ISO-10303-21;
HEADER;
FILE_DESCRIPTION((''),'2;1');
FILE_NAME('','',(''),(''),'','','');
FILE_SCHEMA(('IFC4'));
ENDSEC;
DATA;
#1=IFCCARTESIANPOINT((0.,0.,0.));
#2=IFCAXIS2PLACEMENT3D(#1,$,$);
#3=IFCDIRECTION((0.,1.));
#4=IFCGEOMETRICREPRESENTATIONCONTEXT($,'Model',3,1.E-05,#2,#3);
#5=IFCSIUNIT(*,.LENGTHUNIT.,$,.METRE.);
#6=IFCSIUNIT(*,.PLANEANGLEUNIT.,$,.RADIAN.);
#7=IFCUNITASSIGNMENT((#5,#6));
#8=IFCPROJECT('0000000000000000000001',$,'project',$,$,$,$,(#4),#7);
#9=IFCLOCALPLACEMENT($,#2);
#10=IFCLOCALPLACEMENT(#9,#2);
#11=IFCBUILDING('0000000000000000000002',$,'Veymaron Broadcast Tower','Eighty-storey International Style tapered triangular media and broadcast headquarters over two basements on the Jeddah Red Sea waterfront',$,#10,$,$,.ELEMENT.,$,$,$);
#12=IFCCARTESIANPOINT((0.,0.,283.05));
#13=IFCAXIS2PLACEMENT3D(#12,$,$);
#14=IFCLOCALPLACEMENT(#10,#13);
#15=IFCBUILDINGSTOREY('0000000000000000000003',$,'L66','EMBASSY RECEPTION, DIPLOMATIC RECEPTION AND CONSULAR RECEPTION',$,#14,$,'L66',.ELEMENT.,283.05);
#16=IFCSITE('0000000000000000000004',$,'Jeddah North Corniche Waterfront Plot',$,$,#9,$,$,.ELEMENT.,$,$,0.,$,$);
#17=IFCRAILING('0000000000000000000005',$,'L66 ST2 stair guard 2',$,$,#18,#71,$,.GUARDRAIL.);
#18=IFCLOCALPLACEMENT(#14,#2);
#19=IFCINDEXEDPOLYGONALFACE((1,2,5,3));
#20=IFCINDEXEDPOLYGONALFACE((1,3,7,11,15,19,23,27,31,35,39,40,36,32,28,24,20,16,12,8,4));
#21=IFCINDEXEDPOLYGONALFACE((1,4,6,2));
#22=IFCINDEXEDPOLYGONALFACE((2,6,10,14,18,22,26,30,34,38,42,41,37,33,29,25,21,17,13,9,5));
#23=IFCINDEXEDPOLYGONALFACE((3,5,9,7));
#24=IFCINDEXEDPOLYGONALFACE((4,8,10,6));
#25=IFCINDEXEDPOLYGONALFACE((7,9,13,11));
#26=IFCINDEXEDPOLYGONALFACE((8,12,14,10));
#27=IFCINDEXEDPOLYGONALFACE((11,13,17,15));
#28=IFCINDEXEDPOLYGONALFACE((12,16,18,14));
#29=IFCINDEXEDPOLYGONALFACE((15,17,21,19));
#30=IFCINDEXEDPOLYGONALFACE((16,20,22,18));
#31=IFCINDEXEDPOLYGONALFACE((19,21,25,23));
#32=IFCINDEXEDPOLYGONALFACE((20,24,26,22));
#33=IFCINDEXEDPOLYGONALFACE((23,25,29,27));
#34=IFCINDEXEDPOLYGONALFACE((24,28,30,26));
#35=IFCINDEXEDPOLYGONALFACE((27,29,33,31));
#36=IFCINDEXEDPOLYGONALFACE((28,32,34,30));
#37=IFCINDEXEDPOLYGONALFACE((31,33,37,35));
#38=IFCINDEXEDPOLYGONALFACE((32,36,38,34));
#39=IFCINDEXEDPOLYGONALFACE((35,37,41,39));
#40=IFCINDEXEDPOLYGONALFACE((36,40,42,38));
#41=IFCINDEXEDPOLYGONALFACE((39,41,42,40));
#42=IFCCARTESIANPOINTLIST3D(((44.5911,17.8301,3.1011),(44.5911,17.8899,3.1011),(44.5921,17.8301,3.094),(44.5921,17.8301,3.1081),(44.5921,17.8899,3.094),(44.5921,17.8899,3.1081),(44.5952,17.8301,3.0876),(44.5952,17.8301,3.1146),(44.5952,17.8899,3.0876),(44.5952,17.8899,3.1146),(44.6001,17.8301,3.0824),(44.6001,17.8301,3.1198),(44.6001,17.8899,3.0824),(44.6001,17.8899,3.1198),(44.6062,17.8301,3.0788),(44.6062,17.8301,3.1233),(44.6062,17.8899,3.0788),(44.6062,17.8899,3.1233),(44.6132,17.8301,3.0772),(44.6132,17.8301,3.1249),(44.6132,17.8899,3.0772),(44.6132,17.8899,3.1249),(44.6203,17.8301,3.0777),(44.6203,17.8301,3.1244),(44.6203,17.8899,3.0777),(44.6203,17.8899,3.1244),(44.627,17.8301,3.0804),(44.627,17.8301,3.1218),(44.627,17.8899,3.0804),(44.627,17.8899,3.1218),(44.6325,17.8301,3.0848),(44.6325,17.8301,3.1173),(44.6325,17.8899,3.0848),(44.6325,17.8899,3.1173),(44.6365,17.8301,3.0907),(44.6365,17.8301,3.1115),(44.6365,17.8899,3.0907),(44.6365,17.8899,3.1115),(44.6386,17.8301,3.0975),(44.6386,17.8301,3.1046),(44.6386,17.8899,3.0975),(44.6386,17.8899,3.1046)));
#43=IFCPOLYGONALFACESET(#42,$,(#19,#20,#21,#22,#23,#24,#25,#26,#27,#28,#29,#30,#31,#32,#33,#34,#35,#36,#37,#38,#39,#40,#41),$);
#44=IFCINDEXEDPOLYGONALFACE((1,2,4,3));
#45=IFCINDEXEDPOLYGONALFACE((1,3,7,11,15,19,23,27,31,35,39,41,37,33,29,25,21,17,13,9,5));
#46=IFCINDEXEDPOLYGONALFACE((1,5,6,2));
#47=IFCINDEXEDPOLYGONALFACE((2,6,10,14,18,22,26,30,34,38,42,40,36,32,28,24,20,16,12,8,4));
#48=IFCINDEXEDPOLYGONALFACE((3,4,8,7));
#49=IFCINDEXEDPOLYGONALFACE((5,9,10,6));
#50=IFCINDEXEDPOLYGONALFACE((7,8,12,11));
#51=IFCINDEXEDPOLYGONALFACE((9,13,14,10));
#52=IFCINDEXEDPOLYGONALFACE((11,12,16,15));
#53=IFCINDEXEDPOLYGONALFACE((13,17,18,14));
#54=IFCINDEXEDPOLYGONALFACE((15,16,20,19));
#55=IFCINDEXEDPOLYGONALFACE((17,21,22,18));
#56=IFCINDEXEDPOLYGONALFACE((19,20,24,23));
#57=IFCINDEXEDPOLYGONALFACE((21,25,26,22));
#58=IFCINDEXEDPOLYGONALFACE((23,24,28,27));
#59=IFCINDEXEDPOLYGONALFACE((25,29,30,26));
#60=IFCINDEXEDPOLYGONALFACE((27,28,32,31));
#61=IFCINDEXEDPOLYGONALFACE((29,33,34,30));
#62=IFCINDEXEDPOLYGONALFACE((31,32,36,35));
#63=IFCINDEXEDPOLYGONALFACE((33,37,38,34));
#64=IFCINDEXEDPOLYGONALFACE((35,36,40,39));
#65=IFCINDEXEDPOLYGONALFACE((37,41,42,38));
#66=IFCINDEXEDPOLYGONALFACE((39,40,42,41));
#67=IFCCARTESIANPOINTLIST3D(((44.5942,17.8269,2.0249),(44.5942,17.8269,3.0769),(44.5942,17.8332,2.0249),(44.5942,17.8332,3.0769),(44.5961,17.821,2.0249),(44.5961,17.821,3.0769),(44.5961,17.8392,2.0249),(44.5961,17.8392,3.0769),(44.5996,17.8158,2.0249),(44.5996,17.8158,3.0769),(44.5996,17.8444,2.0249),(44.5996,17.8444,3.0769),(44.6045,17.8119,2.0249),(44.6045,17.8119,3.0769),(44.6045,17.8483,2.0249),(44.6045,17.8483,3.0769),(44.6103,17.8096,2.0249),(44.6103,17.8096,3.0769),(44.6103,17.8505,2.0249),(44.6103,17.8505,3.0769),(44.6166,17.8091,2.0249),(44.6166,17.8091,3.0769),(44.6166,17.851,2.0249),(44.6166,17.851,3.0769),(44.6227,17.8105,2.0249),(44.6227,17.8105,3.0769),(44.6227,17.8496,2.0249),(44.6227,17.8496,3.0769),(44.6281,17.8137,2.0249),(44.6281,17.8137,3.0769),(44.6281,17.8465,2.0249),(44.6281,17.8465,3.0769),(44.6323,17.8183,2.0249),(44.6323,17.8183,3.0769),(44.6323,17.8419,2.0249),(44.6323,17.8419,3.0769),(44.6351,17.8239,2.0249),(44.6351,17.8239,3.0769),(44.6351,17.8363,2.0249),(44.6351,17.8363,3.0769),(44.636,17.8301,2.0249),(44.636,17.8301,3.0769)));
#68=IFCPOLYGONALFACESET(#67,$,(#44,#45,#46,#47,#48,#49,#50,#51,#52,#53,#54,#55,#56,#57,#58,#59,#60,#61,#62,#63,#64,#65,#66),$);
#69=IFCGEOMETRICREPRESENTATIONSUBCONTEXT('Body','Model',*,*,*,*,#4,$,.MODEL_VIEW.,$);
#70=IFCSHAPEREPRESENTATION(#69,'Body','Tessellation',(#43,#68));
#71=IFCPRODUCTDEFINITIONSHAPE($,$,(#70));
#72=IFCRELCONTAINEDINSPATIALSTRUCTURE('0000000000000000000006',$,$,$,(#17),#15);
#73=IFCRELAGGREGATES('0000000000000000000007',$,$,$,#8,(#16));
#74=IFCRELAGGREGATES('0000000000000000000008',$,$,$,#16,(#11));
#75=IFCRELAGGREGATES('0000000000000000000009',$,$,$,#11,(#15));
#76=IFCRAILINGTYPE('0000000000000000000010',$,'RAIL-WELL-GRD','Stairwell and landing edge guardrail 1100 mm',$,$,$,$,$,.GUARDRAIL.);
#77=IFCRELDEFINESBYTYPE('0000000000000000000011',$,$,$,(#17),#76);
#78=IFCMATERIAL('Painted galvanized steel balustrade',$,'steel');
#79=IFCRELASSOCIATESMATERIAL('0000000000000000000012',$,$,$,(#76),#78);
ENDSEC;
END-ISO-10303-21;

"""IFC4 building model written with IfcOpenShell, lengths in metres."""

from ifc_helpers import new_model, si_unit, direction, frame, origin, origin_2d, place, context, subcontext, project, spatial, circle, extrude, material, type_object, element, save


model = new_model("IFC4")

# Units and contexts
model_context = context("Model", 3, precision=1e-05, world=origin(), true_north=direction((0.0, 1.0)))
body_context = subcontext(model_context, "Body", "Model", "MODEL_VIEW")
ifc_project = project(units=[si_unit("LENGTHUNIT", "METRE"), si_unit("PLANEANGLEUNIT", "RADIAN")], contexts=[model_context])

# Site, building, storey
site_placement = place(None, origin())
site = spatial("IfcSite", under=ifc_project, at=site_placement, Name="Jeddah North Corniche Waterfront Plot", CompositionType="ELEMENT", RefElevation=0.0)
building_placement = place(site_placement, origin())
building = spatial("IfcBuilding", under=site, at=building_placement, Name="Veymaron Broadcast Tower", Description="Eighty-storey International Style tapered triangular media and broadcast headquarters over two basements on the Jeddah Red Sea waterfront", CompositionType="ELEMENT")
storey_placement = place(building_placement, frame((0.0, 0.0, 283.05)))
storey = spatial("IfcBuildingStorey", under=building, at=storey_placement, Name="L66", Description="EMBASSY RECEPTION, DIPLOMATIC RECEPTION AND CONSULAR RECEPTION", LongName="L66", CompositionType="ELEMENT", Elevation=283.05)

# Railing
ifc_material_1 = material(Name="Painted galvanized steel balustrade", Category="steel")
railing_type_1 = type_object("IfcRailingType", Name="RAIL-WELL-GRD", Description="Stairwell and landing edge guardrail 1100 mm", PredefinedType="GUARDRAIL", material=ifc_material_1)
railing_1_placement = place(storey_placement, frame((44.615, 17.8301, 2.0249)))
element("IfcRailing", 1, at=railing_1_placement, inside=storey, type_object=railing_type_1, Name="L66 ST2 stair guard 2", PredefinedType="GUARDRAIL", context=body_context, shape_type="SweptSolid", body=[
    extrude(circle(Radius=0.0239, at=origin_2d()), frame((0.0, 0.0, 1.0762), z_axis=(0.0, 1.0, 0.0), x_axis=(-1.0, 0.0, 0.0)), (0.0, 0.0, 1.0), 0.0598),
    extrude(circle(Radius=0.021, at=origin_2d()), origin(), (0.0, 0.0, 1.0), 1.052),
])

save(model, "model.ifc")
